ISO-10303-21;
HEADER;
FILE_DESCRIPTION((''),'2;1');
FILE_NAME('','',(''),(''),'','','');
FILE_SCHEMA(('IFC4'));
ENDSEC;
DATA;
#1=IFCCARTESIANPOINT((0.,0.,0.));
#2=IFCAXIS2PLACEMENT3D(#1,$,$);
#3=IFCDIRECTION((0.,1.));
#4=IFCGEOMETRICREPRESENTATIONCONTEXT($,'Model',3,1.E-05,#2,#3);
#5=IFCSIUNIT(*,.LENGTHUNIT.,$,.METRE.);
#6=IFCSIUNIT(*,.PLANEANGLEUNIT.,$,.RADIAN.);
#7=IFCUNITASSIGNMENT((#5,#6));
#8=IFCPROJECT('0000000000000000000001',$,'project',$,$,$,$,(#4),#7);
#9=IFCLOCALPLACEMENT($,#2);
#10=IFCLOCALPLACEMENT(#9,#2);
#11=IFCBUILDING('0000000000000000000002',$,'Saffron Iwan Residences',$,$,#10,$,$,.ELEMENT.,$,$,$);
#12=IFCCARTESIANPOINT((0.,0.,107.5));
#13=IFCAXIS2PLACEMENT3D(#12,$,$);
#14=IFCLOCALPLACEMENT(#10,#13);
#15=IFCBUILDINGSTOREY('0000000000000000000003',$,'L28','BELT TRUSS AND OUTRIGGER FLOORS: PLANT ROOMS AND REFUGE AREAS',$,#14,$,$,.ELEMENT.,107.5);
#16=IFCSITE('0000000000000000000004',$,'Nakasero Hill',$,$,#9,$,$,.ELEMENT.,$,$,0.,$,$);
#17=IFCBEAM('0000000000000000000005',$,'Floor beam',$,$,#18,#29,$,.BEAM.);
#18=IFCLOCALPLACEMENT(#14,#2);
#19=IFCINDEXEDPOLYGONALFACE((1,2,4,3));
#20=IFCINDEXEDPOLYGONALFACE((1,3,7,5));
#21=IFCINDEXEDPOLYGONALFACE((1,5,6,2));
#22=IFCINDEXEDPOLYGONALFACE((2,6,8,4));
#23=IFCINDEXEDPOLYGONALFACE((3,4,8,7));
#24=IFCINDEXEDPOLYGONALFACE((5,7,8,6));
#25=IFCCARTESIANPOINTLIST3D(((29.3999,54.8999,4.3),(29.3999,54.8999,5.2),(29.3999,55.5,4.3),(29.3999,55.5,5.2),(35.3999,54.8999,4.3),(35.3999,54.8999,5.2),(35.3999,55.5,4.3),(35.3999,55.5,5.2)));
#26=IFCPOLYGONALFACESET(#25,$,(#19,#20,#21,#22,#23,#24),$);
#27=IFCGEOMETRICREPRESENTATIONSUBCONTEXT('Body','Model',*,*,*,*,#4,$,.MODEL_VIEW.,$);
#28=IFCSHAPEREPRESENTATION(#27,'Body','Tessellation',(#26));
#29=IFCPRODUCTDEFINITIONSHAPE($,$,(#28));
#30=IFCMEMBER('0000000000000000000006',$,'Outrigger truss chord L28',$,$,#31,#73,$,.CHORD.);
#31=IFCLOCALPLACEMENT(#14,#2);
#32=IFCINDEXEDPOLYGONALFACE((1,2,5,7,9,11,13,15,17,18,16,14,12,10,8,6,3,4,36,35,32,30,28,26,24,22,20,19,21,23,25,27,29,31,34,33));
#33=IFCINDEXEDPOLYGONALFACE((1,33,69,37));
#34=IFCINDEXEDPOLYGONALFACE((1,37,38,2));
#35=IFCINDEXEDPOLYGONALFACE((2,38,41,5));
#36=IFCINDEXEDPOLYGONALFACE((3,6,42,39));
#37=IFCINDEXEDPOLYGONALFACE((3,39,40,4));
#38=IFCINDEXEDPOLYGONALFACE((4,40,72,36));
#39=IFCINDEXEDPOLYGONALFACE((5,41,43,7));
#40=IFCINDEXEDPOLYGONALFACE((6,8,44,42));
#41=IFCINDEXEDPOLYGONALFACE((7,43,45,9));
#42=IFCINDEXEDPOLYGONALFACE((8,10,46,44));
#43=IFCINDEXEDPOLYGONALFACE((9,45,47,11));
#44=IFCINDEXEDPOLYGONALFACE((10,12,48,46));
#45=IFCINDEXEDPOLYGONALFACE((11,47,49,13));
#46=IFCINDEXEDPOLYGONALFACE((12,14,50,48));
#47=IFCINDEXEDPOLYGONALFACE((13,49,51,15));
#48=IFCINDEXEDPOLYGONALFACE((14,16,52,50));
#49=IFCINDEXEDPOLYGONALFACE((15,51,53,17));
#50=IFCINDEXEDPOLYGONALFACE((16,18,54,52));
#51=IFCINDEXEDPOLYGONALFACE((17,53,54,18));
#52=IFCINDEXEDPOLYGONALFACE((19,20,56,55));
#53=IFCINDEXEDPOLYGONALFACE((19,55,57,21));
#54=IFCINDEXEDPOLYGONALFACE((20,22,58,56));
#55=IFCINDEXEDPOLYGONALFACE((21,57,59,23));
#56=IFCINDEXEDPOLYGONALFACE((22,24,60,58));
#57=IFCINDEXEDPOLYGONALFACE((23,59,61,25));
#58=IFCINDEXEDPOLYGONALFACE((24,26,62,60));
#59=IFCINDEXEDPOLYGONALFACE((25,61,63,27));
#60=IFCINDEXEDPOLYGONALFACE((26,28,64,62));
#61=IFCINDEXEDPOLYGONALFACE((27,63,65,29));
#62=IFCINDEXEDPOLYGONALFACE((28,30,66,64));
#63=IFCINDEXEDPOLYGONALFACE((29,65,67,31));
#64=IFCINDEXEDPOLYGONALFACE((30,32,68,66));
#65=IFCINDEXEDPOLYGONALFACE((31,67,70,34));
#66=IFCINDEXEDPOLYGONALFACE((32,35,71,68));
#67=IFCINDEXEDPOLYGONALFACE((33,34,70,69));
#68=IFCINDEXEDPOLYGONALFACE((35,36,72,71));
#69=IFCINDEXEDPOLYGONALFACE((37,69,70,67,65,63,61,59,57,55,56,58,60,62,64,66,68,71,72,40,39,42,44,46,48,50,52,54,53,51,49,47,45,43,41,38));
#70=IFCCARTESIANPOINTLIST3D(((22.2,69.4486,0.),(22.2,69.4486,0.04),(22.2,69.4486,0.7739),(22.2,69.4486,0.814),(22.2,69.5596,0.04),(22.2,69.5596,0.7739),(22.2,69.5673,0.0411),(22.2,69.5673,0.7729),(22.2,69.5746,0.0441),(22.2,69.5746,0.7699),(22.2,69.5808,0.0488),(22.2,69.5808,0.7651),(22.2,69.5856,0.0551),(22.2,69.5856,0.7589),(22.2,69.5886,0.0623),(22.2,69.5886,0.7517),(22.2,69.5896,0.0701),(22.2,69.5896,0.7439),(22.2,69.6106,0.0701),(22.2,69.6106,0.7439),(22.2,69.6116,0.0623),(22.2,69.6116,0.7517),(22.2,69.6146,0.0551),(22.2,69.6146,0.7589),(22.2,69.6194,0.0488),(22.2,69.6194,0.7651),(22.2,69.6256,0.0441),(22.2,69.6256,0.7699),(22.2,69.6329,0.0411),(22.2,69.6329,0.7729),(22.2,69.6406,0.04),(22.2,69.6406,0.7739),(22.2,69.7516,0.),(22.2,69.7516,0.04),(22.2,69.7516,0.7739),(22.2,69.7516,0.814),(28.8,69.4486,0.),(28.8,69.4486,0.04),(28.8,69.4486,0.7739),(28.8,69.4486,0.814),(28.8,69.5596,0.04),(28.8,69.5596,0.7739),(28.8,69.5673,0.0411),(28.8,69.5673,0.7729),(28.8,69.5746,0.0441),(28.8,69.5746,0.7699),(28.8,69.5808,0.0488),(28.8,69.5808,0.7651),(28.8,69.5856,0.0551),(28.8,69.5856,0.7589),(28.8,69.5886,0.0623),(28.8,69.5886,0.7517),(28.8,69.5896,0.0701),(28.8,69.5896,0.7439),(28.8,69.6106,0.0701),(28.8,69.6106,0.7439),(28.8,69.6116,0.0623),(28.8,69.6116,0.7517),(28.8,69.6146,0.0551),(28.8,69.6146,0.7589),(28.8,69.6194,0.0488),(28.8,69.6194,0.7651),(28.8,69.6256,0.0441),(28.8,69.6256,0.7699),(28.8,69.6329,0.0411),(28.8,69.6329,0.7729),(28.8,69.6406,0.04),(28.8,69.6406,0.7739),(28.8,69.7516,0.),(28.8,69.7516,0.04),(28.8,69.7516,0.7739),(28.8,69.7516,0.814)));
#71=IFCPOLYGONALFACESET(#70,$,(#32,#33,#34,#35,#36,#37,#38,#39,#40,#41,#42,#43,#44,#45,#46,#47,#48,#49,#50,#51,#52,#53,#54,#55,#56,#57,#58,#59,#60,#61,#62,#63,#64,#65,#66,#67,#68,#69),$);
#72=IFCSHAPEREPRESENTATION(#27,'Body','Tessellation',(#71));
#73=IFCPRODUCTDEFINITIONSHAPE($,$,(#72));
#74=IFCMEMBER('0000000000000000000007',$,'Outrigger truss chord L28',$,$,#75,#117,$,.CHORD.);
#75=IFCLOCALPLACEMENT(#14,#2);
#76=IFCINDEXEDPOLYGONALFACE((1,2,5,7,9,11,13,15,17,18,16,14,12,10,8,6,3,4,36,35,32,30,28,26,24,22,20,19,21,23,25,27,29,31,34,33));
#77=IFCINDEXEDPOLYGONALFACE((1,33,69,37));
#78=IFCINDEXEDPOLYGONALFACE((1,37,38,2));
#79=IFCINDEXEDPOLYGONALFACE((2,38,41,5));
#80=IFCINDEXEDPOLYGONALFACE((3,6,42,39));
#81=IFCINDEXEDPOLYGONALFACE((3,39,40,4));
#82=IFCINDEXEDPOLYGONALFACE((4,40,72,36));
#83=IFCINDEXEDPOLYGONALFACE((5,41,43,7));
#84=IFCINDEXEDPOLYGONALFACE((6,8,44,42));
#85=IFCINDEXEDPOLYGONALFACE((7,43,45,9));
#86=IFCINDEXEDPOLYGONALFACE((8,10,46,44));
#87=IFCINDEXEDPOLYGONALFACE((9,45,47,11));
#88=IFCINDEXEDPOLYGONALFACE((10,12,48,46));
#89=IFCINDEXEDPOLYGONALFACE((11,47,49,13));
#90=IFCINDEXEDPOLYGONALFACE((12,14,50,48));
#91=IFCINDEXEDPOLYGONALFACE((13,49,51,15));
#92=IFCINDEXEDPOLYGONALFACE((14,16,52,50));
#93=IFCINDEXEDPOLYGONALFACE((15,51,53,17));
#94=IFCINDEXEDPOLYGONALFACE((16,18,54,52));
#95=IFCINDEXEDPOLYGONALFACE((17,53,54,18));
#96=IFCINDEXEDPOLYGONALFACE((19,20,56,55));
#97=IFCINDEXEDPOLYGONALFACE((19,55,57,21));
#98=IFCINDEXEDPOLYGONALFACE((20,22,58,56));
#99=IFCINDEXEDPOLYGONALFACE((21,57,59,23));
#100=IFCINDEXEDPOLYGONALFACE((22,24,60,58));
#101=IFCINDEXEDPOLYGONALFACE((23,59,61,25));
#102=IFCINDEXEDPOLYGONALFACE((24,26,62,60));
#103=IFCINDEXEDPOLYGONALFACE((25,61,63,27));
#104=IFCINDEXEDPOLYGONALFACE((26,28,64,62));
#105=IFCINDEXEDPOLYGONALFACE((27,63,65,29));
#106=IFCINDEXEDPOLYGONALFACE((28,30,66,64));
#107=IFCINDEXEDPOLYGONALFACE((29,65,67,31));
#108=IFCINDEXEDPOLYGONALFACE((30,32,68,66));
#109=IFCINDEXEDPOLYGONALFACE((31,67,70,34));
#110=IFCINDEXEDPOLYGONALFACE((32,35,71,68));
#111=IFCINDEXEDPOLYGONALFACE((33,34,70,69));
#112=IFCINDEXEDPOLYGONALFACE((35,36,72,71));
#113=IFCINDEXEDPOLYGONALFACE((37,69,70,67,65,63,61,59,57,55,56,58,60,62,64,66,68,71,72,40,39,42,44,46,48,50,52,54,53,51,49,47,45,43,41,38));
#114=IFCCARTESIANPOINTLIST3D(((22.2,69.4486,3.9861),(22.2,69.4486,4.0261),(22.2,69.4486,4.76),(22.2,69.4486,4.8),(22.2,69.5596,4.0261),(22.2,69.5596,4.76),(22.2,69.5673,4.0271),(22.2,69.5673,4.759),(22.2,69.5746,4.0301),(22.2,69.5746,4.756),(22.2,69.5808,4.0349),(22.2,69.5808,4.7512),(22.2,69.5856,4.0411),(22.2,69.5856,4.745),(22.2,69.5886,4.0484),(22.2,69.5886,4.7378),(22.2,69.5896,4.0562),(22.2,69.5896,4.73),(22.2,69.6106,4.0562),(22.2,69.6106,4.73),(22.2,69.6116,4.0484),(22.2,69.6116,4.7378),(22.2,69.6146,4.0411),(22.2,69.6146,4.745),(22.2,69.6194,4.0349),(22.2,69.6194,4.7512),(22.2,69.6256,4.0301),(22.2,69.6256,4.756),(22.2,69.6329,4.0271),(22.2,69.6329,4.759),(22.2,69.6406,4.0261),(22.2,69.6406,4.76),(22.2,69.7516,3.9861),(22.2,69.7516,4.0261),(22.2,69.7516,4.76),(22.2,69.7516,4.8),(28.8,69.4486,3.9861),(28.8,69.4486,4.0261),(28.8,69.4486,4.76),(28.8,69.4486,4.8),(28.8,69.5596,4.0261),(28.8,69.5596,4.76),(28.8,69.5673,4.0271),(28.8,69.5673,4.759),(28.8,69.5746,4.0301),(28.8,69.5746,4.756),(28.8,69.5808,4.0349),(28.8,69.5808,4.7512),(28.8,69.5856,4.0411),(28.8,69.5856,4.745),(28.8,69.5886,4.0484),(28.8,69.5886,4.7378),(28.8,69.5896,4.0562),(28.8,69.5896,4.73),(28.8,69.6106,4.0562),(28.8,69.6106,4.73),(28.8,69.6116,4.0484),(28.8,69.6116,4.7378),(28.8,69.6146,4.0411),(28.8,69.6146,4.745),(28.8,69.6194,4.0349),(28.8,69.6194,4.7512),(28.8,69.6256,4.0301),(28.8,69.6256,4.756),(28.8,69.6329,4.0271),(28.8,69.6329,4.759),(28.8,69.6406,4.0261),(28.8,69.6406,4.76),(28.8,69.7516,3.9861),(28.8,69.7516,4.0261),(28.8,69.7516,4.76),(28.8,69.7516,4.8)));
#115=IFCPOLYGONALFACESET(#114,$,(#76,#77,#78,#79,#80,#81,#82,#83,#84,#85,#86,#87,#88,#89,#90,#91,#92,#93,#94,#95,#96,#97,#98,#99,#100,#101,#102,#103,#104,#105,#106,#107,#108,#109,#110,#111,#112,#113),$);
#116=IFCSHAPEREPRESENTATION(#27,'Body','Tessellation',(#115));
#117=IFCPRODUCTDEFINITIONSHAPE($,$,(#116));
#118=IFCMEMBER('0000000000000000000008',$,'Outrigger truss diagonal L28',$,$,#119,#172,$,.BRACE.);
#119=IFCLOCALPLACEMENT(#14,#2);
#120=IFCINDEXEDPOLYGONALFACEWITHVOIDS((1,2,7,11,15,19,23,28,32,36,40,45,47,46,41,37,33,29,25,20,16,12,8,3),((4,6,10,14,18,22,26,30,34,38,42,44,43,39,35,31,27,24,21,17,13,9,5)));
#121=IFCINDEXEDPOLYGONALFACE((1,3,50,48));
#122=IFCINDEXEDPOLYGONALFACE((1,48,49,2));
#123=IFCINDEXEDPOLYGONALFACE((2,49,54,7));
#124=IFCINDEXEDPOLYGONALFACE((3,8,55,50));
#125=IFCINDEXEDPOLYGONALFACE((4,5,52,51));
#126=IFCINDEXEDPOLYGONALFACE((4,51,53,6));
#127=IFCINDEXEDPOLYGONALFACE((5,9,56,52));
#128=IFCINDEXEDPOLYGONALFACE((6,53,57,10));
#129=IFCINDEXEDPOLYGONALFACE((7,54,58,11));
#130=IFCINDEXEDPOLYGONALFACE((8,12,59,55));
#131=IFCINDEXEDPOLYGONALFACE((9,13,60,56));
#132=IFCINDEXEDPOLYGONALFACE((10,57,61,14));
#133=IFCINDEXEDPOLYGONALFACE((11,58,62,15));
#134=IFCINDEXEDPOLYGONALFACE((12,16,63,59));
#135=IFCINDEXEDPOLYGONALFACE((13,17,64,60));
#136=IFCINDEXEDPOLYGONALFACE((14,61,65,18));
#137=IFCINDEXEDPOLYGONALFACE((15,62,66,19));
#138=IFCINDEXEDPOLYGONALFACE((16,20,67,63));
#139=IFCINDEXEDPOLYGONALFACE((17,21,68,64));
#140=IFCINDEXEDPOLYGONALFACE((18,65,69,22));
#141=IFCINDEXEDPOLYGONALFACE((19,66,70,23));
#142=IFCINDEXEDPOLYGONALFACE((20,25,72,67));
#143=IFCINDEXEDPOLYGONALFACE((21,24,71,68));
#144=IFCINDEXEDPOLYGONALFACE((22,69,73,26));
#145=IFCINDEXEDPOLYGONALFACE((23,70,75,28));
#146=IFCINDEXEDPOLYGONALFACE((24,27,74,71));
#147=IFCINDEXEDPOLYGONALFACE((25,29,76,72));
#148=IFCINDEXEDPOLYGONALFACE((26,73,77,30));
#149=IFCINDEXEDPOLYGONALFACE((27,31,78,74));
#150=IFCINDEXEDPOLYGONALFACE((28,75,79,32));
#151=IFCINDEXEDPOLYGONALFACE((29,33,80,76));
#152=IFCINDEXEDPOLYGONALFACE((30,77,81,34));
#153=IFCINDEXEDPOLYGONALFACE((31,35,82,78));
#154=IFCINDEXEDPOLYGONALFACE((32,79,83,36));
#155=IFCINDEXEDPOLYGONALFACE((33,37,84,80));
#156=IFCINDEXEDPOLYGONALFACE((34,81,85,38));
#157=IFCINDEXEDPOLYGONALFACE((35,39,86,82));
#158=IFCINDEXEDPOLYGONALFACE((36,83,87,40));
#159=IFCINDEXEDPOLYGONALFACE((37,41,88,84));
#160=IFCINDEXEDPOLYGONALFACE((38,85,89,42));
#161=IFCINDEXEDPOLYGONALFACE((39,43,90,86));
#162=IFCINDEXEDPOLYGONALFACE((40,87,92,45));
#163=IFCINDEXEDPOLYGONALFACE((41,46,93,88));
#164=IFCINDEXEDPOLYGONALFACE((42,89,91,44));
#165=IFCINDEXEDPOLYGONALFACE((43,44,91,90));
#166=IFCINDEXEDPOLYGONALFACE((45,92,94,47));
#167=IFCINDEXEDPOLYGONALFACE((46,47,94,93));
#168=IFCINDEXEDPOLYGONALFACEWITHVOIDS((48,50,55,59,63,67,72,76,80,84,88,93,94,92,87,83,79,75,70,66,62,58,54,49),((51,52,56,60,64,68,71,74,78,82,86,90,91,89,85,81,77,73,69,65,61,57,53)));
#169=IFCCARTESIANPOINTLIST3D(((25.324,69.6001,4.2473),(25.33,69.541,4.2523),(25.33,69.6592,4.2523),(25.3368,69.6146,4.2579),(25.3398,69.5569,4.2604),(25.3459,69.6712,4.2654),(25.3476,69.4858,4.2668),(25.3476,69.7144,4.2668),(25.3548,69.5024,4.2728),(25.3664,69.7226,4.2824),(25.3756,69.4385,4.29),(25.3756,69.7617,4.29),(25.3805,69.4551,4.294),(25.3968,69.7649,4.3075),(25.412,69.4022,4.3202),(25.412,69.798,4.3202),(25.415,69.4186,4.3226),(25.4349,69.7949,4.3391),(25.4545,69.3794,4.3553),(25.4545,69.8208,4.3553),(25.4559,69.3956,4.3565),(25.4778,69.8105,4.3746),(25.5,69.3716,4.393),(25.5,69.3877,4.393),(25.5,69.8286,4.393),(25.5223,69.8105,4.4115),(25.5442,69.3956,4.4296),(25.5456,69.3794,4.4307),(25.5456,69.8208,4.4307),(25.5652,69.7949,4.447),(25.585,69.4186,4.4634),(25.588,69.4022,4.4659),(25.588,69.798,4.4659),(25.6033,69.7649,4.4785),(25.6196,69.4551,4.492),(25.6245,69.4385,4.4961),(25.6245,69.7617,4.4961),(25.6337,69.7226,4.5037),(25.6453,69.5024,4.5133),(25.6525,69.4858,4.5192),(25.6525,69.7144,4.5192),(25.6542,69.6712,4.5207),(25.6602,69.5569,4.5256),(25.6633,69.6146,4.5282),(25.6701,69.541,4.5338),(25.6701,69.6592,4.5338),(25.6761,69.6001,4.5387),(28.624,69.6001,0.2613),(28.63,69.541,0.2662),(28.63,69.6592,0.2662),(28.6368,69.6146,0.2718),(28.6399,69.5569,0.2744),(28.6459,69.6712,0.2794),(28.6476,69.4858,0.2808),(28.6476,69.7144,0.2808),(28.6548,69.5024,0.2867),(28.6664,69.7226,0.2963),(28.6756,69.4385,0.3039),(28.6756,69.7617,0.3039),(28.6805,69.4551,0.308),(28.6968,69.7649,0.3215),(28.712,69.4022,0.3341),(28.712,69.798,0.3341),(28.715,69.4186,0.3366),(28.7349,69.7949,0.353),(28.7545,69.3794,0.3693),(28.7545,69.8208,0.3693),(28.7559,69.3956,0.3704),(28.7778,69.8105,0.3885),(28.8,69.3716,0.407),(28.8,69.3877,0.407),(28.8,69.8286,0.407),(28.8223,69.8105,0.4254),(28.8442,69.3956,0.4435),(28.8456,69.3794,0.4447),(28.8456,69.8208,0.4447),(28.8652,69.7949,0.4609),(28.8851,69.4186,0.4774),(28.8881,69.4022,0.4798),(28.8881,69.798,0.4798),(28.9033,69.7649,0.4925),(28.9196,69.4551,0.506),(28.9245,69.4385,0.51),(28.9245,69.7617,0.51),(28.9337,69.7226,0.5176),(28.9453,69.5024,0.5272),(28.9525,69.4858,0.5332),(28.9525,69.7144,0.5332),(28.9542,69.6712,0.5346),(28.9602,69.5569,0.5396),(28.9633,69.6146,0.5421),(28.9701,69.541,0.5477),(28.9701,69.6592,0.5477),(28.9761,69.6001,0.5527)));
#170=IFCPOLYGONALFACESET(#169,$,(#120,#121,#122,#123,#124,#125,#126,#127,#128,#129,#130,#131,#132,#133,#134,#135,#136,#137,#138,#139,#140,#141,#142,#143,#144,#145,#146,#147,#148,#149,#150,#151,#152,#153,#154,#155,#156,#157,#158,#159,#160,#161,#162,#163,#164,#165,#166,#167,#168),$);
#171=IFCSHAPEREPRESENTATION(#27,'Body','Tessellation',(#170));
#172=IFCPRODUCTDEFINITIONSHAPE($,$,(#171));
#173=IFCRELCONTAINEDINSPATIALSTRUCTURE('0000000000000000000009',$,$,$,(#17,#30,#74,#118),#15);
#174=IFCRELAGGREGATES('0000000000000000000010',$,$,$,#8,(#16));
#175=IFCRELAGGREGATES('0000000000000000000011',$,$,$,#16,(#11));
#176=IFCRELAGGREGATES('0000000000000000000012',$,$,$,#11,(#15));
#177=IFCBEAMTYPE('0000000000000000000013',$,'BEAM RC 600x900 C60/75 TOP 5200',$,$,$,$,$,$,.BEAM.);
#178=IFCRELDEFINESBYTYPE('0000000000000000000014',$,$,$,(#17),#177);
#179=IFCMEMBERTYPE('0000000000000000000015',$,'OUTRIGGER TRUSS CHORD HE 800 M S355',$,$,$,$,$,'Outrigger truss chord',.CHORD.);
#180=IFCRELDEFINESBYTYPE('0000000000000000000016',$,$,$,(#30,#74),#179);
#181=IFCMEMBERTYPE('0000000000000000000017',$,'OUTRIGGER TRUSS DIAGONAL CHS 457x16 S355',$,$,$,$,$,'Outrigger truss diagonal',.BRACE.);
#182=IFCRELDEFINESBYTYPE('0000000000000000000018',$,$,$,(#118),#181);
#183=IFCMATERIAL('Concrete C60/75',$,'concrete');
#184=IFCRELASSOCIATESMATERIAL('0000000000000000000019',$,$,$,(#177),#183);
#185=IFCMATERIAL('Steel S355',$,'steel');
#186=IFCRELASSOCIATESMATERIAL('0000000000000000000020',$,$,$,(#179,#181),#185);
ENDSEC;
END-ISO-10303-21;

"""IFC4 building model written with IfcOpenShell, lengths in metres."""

from ifc_helpers import new_model, si_unit, direction, frame, origin, origin_2d, place, context, subcontext, project, spatial, rectangle, hollow_circle, i_section, extrude, source, transform, mapped, material, material_profile, profile_set, type_object, element, save


model = new_model("IFC4")

# Units and contexts
model_context = context("Model", 3, precision=1e-05, world=origin(), true_north=direction((0.0, 1.0)))
body_context = subcontext(model_context, "Body", "Model", "MODEL_VIEW")
ifc_project = project(units=[si_unit("LENGTHUNIT", "METRE"), si_unit("PLANEANGLEUNIT", "RADIAN")], contexts=[model_context])

# Site, building, storey
site_placement = place(None, origin())
site = spatial("IfcSite", under=ifc_project, at=site_placement, Name="Nakasero Hill", CompositionType="ELEMENT", RefElevation=0.0)
building_placement = place(site_placement, origin())
building = spatial("IfcBuilding", under=site, at=building_placement, Name="Saffron Iwan Residences", CompositionType="ELEMENT")
storey_placement = place(building_placement, frame((0.0, 0.0, 107.5)))
storey = spatial("IfcBuildingStorey", under=building, at=storey_placement, Name="L28", Description="BELT TRUSS AND OUTRIGGER FLOORS: PLANT ROOMS AND REFUGE AREAS", CompositionType="ELEMENT", Elevation=107.5)

# Beam
ifc_material_1 = material(Name="Concrete C60/75", Category="concrete")
ifc_material_profile_1 = material_profile(ifc_material_1, rectangle(XDim=0.6001, YDim=0.8999, at=origin_2d()), Name="RC 600x900")
ifc_profile_set_1 = profile_set([ifc_material_profile_1], Name="Concrete C60/75")
beam_type = type_object("IfcBeamType", Name="BEAM RC 600x900 C60/75 TOP 5200", PredefinedType="BEAM", material=ifc_profile_set_1)
shared_shape_1 = source(origin(), body_context, "Body", "SweptSolid", [
    extrude(rectangle(XDim=0.6001, YDim=0.8999, at=origin_2d()), origin(), (0.0, 0.0, 1.0), 6.0),
])
beam_placement = place(storey_placement, frame((29.3999, 55.2, 4.75), z_axis=(1.0, 0.0, 0.0), x_axis=(0.0, 1.0, 0.0)))
element("IfcBeam", 1, at=beam_placement, inside=storey, type_object=beam_type, Name="Floor beam", PredefinedType="BEAM", context=body_context, shape_type="MappedRepresentation", body=[
    mapped(shared_shape_1, transform((0.0, 0.0, 0.0))),
])

# Members
ifc_material_2 = material(Name="Steel S355", Category="steel")
ifc_material_profile_2 = material_profile(ifc_material_2, i_section(OverallWidth=0.303, OverallDepth=0.814, WebThickness=0.021, FlangeThickness=0.04, FilletRadius=0.03, at=origin_2d()), Name="HE 800 M")
ifc_profile_set_2 = profile_set([ifc_material_profile_2], Name="Steel S355")
member_type_1 = type_object("IfcMemberType", Name="OUTRIGGER TRUSS CHORD HE 800 M S355", ElementType="Outrigger truss chord", PredefinedType="CHORD", material=ifc_profile_set_2)
shared_shape_2 = source(origin(), body_context, "Body", "SweptSolid", [
    extrude(i_section(OverallWidth=0.303, OverallDepth=0.814, WebThickness=0.021, FlangeThickness=0.04, FilletRadius=0.03, at=origin_2d()), origin(), (0.0, 0.0, 1.0), 6.6001),
])
for number, where, z_axis, x_axis, name in (
    (2, (28.8, 69.6001, 0.407), (-1.0, 0.0, 0.0), (0.0, -1.0, 0.0), "Outrigger truss chord L28"),
    (3, (28.8, 69.6001, 4.3931), (-1.0, 0.0, 0.0), (0.0, -1.0, 0.0), "Outrigger truss chord L28"),
):
    element("IfcMember", number, at=place(storey_placement, frame(where, z_axis=z_axis, x_axis=x_axis)), inside=storey, type_object=member_type_1, Name=name, PredefinedType="CHORD", context=body_context, shape_type="MappedRepresentation", body=[
        mapped(shared_shape_2, transform((0.0, 0.0, 0.0))),
    ])
ifc_material_profile_3 = material_profile(ifc_material_2, hollow_circle(Radius=0.2285, WallThickness=0.0161, at=origin_2d()), Name="CHS 457x16")
ifc_profile_set_3 = profile_set([ifc_material_profile_3], Name="Steel S355")
member_type_2 = type_object("IfcMemberType", Name="OUTRIGGER TRUSS DIAGONAL CHS 457x16 S355", ElementType="Outrigger truss diagonal", PredefinedType="BRACE", material=ifc_profile_set_3)
shared_shape_3 = source(origin(), body_context, "Body", "SweptSolid", [
    extrude(hollow_circle(Radius=0.2285, WallThickness=0.0161, at=origin_2d()), origin(), (0.0, 0.0, 1.0), 5.1748),
])
for number, where, z_axis, x_axis, name in (
    (4, (28.8, 69.6001, 0.407), (-0.637708, 0.0, 0.770278), (0.0, -1.0, 0.0), "Outrigger truss diagonal L28"),
):
    element("IfcMember", number, at=place(storey_placement, frame(where, z_axis=z_axis, x_axis=x_axis)), inside=storey, type_object=member_type_2, Name=name, PredefinedType="BRACE", context=body_context, shape_type="MappedRepresentation", body=[
        mapped(shared_shape_3, transform((0.0, 0.0, 0.0))),
    ])

save(model, "model.ifc")
